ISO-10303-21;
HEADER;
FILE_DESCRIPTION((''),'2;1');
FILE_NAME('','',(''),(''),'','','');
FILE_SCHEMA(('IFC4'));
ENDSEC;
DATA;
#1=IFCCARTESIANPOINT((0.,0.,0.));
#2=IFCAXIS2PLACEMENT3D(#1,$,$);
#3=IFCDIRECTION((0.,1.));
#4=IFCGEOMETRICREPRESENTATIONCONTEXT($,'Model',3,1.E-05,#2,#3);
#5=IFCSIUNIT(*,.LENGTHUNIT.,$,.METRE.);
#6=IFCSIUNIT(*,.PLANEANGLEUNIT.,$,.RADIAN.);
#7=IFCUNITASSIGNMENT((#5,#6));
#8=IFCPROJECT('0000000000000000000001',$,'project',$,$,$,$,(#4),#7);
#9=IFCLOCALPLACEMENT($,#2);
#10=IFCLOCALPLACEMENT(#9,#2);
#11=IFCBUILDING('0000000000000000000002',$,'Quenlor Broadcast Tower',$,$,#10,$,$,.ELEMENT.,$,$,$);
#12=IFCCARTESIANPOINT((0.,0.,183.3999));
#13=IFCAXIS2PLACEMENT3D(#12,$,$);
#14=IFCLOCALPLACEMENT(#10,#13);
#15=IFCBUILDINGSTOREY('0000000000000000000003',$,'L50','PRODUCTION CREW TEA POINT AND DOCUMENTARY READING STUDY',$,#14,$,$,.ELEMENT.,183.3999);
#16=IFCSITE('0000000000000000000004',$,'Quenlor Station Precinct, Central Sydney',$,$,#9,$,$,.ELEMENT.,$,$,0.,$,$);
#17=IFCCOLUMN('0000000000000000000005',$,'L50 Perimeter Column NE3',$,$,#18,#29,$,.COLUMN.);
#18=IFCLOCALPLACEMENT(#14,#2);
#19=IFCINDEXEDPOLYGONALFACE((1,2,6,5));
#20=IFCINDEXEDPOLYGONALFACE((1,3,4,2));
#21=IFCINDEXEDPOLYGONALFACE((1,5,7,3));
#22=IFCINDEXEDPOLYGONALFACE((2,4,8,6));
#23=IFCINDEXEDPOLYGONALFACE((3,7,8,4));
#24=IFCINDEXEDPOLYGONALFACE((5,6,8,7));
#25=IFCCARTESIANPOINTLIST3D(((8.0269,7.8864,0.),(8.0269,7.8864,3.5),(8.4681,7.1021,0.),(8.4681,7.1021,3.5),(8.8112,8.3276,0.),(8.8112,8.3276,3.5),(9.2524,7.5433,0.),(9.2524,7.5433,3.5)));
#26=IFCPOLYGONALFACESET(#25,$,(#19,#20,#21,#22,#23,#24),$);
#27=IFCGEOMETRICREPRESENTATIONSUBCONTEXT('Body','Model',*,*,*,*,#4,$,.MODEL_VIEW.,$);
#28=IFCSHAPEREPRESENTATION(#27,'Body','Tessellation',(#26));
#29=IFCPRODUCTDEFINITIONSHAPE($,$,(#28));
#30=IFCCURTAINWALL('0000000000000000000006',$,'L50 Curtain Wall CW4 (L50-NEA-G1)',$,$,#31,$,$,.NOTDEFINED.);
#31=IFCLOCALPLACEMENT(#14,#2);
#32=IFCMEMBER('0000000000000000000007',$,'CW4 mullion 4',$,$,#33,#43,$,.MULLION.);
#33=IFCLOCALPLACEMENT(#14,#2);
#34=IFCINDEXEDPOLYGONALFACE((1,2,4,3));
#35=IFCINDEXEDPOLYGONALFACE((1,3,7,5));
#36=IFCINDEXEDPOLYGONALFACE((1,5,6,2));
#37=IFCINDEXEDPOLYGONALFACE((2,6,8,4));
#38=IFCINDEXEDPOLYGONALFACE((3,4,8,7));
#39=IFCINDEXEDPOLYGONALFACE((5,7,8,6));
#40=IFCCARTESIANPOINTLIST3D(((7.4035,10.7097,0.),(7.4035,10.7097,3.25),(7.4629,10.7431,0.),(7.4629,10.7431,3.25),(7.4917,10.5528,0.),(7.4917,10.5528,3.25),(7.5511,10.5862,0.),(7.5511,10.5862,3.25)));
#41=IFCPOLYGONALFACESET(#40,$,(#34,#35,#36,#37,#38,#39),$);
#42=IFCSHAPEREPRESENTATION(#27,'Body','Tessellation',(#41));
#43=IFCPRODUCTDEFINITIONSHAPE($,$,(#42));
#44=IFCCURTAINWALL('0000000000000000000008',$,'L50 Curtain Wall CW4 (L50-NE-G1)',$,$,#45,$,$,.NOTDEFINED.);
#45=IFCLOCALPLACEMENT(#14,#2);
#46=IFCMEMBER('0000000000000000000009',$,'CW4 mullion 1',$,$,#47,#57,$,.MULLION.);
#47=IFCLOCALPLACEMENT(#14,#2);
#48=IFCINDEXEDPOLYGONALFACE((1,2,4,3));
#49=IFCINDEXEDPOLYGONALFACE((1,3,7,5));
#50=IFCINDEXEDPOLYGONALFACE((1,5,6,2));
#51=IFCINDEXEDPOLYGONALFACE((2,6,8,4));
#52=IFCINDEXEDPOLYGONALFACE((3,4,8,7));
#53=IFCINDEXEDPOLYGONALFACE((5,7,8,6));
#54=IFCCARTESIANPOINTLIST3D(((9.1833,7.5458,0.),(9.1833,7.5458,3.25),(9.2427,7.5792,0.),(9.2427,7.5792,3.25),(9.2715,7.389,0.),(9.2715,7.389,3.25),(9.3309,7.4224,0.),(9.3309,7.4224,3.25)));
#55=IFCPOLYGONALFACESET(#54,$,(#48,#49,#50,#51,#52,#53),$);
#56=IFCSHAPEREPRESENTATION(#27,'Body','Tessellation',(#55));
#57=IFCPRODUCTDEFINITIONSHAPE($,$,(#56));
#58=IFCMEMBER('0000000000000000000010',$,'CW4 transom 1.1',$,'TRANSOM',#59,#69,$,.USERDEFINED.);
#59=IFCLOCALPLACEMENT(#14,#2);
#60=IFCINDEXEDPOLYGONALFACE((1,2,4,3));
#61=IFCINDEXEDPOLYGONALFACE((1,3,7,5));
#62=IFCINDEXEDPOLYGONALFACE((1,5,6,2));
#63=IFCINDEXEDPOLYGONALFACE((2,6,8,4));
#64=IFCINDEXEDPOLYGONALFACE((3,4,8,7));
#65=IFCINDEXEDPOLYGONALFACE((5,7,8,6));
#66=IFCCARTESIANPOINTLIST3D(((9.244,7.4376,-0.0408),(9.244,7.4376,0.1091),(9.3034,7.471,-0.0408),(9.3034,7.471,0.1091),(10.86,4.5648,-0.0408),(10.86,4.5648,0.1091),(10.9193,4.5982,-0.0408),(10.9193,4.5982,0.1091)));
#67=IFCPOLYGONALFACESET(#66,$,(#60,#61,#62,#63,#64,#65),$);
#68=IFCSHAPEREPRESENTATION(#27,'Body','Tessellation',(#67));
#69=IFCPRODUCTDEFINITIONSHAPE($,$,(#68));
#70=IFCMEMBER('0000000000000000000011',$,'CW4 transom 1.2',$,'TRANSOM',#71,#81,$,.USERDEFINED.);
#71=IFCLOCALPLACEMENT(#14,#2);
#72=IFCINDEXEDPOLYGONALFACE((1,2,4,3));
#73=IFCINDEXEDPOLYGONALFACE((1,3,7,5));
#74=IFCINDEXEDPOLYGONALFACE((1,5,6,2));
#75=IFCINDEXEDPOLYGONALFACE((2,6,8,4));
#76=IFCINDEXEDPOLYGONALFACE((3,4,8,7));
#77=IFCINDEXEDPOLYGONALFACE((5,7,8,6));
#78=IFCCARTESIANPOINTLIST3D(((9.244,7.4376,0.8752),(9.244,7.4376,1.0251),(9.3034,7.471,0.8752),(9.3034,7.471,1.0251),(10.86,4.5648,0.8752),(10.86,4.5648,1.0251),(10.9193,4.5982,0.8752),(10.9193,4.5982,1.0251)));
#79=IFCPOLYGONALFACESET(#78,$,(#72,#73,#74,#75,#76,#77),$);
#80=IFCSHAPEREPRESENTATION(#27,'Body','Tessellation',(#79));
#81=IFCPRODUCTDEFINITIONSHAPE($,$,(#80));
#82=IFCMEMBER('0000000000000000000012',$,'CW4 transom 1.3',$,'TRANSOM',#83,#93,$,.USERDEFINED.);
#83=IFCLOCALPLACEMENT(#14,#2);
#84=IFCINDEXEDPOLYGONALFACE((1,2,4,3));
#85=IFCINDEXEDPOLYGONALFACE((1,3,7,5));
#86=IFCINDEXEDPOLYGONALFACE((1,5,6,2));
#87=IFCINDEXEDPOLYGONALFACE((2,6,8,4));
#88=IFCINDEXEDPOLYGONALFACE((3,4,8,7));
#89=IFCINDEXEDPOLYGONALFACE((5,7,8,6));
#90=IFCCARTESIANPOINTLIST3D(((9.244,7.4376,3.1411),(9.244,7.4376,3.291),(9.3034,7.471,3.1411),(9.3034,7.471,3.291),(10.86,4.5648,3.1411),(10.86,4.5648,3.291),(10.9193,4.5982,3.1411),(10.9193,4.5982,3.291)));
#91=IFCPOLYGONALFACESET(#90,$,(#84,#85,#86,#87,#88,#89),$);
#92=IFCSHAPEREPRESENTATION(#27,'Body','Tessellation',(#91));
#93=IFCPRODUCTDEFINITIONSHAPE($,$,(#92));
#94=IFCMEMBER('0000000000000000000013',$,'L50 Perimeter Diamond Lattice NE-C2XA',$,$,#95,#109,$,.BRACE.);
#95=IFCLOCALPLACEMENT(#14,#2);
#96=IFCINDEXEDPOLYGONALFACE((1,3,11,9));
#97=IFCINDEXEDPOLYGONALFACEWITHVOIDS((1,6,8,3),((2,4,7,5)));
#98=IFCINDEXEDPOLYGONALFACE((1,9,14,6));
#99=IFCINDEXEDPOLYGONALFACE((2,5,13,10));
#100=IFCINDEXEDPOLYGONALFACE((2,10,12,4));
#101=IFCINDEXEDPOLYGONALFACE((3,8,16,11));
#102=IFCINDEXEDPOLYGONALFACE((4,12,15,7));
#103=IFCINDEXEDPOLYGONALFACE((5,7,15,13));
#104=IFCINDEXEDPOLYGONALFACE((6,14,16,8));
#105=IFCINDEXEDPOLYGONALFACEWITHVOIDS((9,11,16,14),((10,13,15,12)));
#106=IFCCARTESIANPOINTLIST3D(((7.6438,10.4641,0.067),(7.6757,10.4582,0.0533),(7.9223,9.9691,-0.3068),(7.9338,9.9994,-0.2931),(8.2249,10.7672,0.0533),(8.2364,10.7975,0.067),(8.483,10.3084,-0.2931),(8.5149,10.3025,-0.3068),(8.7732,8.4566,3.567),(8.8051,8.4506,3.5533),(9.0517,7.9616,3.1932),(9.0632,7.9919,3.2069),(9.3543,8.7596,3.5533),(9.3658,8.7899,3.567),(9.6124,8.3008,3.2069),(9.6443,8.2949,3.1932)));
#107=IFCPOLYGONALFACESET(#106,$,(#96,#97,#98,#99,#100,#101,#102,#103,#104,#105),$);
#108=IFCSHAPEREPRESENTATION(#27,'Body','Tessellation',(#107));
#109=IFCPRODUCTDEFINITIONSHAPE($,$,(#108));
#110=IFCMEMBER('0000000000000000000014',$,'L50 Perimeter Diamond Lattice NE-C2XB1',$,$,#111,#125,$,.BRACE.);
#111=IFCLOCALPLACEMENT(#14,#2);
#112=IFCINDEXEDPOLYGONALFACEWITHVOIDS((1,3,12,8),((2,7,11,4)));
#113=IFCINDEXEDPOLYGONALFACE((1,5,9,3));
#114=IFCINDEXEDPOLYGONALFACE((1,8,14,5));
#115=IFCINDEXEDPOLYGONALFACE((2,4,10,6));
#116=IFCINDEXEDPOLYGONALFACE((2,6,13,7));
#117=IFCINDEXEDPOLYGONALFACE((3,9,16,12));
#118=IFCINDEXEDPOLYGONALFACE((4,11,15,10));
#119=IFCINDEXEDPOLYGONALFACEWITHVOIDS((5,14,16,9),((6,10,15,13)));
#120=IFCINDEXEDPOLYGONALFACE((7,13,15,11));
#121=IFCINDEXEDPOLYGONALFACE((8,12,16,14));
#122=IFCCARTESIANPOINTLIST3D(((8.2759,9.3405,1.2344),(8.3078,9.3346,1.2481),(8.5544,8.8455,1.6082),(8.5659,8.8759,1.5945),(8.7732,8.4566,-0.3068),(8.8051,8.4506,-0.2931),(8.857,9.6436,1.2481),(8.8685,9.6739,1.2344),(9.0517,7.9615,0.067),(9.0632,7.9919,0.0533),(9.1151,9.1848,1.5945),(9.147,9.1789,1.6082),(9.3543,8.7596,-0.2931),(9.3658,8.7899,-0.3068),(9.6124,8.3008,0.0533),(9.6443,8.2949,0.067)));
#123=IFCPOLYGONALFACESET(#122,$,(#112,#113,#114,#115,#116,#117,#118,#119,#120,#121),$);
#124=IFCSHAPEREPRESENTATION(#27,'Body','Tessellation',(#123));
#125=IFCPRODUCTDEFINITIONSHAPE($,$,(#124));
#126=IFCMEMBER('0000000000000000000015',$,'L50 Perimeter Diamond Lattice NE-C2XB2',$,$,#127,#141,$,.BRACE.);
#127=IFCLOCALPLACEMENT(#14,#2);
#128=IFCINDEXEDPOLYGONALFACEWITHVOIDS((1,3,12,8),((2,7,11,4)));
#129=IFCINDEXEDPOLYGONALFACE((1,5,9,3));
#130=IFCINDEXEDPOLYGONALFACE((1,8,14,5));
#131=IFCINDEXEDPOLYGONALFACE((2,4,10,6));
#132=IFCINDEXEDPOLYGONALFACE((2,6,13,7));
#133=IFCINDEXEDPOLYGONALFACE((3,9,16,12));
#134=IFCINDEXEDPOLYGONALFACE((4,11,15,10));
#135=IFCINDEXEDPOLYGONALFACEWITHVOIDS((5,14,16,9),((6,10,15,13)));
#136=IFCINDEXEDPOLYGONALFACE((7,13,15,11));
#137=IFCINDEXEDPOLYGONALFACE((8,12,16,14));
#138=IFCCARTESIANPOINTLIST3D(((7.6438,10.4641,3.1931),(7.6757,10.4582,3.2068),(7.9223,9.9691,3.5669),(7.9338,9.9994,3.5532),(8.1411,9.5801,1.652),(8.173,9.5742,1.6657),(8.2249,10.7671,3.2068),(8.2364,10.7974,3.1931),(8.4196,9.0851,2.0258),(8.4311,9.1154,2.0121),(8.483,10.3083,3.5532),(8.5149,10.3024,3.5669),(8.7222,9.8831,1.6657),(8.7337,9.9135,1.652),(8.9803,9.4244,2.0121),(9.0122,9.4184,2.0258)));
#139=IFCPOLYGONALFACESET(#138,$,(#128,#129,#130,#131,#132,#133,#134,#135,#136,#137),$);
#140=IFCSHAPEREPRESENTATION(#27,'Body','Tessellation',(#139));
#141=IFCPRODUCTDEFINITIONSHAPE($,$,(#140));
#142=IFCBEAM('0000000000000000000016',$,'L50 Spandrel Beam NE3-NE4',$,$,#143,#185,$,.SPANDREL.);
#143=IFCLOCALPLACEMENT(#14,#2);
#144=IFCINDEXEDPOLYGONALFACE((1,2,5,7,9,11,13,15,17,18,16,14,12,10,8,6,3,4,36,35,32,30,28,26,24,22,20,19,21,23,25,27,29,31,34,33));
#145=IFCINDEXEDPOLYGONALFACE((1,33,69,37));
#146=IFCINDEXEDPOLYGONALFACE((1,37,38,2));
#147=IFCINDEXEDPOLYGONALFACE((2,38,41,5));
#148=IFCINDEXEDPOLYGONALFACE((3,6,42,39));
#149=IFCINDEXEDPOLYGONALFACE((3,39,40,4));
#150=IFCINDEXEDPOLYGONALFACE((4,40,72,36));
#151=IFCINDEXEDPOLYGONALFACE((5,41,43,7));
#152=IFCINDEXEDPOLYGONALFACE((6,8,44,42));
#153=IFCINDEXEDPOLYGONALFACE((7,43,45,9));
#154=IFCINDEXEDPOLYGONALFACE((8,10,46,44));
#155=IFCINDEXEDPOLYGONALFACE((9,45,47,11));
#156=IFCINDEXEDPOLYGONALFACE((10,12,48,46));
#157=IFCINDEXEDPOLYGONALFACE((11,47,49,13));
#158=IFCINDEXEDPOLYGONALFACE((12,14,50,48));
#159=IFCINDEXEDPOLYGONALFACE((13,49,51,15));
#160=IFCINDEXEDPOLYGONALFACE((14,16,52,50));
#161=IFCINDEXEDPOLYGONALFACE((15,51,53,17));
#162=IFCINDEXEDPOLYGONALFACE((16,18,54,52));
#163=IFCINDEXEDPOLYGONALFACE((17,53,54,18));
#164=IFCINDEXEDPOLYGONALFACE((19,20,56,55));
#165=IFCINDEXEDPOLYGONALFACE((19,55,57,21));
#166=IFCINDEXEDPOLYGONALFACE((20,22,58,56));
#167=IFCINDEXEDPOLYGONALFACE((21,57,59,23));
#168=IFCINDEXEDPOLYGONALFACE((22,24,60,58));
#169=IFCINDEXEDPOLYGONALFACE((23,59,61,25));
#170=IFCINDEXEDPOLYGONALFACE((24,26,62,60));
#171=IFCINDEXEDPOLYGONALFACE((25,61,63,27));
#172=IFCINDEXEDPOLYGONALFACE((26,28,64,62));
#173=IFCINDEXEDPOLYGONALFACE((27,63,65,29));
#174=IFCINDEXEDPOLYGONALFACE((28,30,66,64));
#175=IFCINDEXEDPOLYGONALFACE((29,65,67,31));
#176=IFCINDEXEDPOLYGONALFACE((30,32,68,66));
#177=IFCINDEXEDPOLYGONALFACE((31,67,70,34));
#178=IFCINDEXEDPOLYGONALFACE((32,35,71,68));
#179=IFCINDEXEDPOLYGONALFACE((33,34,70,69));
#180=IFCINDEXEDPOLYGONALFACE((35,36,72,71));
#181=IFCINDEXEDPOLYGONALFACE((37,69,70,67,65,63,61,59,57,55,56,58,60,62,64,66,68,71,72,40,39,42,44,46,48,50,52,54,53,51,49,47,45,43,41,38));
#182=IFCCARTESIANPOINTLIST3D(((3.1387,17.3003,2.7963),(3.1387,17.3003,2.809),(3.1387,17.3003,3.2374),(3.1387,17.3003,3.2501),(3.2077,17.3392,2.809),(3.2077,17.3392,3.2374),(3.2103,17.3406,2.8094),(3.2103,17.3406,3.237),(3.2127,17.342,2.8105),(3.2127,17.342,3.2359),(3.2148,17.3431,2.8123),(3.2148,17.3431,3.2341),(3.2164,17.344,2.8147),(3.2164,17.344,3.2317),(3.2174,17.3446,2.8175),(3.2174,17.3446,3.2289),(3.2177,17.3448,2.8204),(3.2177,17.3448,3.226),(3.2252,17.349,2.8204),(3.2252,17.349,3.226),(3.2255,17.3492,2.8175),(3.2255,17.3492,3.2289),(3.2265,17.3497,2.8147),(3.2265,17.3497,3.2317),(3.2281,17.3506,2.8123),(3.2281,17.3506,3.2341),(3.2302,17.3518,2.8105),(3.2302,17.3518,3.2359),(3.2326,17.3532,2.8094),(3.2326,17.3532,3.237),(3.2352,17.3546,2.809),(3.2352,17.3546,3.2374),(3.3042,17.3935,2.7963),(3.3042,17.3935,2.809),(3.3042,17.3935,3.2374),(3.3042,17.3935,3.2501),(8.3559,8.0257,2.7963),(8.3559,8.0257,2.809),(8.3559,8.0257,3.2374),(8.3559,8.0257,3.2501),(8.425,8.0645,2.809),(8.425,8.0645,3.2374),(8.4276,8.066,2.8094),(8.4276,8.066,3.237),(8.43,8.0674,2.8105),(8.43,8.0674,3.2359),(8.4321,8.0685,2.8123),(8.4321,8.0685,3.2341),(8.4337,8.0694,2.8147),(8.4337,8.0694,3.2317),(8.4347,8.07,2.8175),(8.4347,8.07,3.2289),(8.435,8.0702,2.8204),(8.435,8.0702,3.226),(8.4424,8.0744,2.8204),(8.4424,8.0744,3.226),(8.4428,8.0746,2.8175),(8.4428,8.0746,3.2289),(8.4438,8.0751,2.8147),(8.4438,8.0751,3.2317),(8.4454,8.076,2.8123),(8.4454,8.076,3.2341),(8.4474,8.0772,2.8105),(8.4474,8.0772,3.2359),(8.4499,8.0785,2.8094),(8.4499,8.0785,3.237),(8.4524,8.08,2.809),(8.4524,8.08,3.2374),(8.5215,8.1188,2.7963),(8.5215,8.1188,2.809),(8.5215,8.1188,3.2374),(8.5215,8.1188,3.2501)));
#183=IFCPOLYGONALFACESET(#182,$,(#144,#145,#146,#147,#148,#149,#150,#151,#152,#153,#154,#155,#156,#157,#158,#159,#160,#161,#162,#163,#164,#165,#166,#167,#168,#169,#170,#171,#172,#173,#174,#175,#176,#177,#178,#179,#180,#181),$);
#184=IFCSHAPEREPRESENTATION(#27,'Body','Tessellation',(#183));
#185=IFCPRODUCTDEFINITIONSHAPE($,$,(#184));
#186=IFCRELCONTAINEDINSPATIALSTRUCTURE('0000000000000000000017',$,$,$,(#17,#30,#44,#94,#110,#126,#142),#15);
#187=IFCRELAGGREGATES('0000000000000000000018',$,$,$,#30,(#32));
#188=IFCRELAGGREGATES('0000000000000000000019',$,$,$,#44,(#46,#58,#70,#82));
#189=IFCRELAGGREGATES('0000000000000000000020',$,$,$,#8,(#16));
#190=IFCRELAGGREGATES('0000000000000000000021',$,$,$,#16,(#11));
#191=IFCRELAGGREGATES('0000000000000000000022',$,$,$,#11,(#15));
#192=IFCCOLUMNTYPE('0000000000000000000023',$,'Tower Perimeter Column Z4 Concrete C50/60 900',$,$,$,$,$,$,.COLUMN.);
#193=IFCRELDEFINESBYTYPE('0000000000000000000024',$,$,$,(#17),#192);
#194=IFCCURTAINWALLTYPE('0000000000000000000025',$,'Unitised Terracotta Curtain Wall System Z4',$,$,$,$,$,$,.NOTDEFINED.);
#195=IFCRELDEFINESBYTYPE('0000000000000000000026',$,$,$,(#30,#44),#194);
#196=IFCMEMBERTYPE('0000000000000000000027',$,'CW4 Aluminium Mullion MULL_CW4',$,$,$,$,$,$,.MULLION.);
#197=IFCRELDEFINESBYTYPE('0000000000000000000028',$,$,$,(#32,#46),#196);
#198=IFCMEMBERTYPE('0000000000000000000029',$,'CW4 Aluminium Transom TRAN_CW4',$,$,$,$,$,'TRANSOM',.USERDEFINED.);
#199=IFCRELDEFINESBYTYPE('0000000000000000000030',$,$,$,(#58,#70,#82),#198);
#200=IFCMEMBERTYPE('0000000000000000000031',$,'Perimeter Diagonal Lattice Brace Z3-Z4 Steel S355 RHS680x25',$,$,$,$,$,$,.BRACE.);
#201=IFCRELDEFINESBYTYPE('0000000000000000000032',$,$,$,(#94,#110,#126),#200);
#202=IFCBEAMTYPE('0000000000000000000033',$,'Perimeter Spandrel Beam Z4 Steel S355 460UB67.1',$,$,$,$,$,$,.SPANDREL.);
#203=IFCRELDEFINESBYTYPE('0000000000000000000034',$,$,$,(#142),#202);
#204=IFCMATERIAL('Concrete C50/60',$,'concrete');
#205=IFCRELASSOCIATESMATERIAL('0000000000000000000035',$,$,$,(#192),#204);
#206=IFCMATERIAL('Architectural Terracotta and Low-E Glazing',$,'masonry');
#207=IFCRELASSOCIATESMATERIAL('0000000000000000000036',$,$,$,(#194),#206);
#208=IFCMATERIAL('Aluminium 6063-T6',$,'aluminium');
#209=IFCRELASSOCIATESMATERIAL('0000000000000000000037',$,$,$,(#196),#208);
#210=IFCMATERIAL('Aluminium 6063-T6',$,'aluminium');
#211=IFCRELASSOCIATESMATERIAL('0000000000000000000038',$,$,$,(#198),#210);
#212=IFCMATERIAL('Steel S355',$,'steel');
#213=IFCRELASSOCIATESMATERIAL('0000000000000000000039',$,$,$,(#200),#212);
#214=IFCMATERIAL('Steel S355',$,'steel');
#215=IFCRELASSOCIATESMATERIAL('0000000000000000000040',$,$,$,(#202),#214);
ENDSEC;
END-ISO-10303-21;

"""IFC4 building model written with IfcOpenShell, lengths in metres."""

from ifc_helpers import new_model, si_unit, direction, frame, origin, origin_2d, place, context, subcontext, project, spatial, rectangle, hollow_rectangle, i_section, extrude, material, material_profile, profile_set, type_object, element, aggregate, save


model = new_model("IFC4")

# Units and contexts
model_context = context("Model", 3, precision=1e-05, world=origin(), true_north=direction((0.0, 1.0)))
body_context = subcontext(model_context, "Body", "Model", "MODEL_VIEW")
ifc_project = project(units=[si_unit("LENGTHUNIT", "METRE"), si_unit("PLANEANGLEUNIT", "RADIAN")], contexts=[model_context])

# Site, building, storey
site_placement = place(None, origin())
site = spatial("IfcSite", under=ifc_project, at=site_placement, Name="Quenlor Station Precinct, Central Sydney", CompositionType="ELEMENT", RefElevation=0.0)
building_placement = place(site_placement, origin())
building = spatial("IfcBuilding", under=site, at=building_placement, Name="Quenlor Broadcast Tower", CompositionType="ELEMENT")
storey_placement = place(building_placement, frame((0.0, 0.0, 183.3999)))
storey = spatial("IfcBuildingStorey", under=building, at=storey_placement, Name="L50", Description="PRODUCTION CREW TEA POINT AND DOCUMENTARY READING STUDY", CompositionType="ELEMENT", Elevation=183.3999)

# Column
ifc_material_1 = material(Name="Concrete C50/60", Category="concrete")
ifc_material_profile_1 = material_profile(ifc_material_1, rectangle(XDim=0.8999, YDim=0.8999, at=origin_2d()))
ifc_profile_set_1 = profile_set([ifc_material_profile_1], Name="Concrete C50/60 RC900x900")
column_type = type_object("IfcColumnType", Name="Tower Perimeter Column Z4 Concrete C50/60 900", PredefinedType="COLUMN", material=ifc_profile_set_1)
column_placement = place(storey_placement, frame((8.6396, 7.7148, 0.0), z_axis=(0.0, 0.0, 1.0), x_axis=(0.871575, 0.490262, 0.0)))
element("IfcColumn", 1, at=column_placement, inside=storey, type_object=column_type, Name="L50 Perimeter Column NE3", PredefinedType="COLUMN", context=body_context, shape_type="SweptSolid", body=[
    extrude(rectangle(XDim=0.8999, YDim=0.8999, at=origin_2d()), origin(), (0.0, 0.0, 1.0), 3.5),
])

# Curtain wall, member
ifc_material_2 = material(Name="Architectural Terracotta and Low-E Glazing", Category="masonry")
curtain_wall_type = type_object("IfcCurtainWallType", Name="Unitised Terracotta Curtain Wall System Z4", PredefinedType="NOTDEFINED", material=ifc_material_2)
curtain_wall_1_placement = place(storey_placement, origin())
curtain_wall_1 = element("IfcCurtainWall", 2, at=curtain_wall_1_placement, inside=storey, type_object=curtain_wall_type, Name="L50 Curtain Wall CW4 (L50-NEA-G1)", PredefinedType="NOTDEFINED")
ifc_material_3 = material(Name="Aluminium 6063-T6", Category="aluminium")
ifc_material_profile_2 = material_profile(ifc_material_3, rectangle(XDim=0.0681, YDim=0.1799, at=origin_2d()))
ifc_profile_set_2 = profile_set([ifc_material_profile_2], Name="Aluminium 6063-T6 MULL68x180")
member_type_1 = type_object("IfcMemberType", Name="CW4 Aluminium Mullion MULL_CW4", PredefinedType="MULLION", material=ifc_profile_set_2)
member_1_placement = place(storey_placement, frame((7.4773, 10.6479, 0.0), z_axis=(0.0, 0.0, 1.0), x_axis=(0.871577, 0.490259, 0.0)))
member_1 = element("IfcMember", 3, at=member_1_placement, type_object=member_type_1, Name="CW4 mullion 4", PredefinedType="MULLION", context=body_context, shape_type="SweptSolid", body=[
    extrude(rectangle(XDim=0.0681, YDim=0.1799, at=origin_2d()), origin(), (0.0, 0.0, 1.0), 3.25),
])
aggregate(curtain_wall_1, [member_1])

# Curtain wall, members
curtain_wall_2_placement = place(storey_placement, origin())
curtain_wall_2 = element("IfcCurtainWall", 4, at=curtain_wall_2_placement, inside=storey, type_object=curtain_wall_type, Name="L50 Curtain Wall CW4 (L50-NE-G1)", PredefinedType="NOTDEFINED")
member_2_placement = place(storey_placement, frame((9.2571, 7.4841, 0.0), z_axis=(0.0, 0.0, 1.0), x_axis=(0.871578, 0.490257, 0.0)))
member_2 = element("IfcMember", 5, at=member_2_placement, type_object=member_type_1, Name="CW4 mullion 1", PredefinedType="MULLION", context=body_context, shape_type="SweptSolid", body=[
    extrude(rectangle(XDim=0.0681, YDim=0.1799, at=origin_2d()), origin(), (0.0, 0.0, 1.0), 3.25),
])
ifc_material_4 = material(Name="Aluminium 6063-T6", Category="aluminium")
ifc_material_profile_3 = material_profile(ifc_material_4, rectangle(XDim=0.0681, YDim=0.1499, at=origin_2d()))
ifc_profile_set_3 = profile_set([ifc_material_profile_3], Name="Aluminium 6063-T6 TRAN68x150")
member_type_2 = type_object("IfcMemberType", Name="CW4 Aluminium Transom TRAN_CW4", ElementType="TRANSOM", PredefinedType="USERDEFINED", material=ifc_profile_set_3)
member_3_placement = place(storey_placement, frame((9.2737, 7.4543, 0.0342), z_axis=(0.490265, -0.871574, 0.0), x_axis=(0.871574, 0.490265, 0.0)))
member_3 = element("IfcMember", 6, at=member_3_placement, type_object=member_type_2, Name="CW4 transom 1.1", ObjectType="TRANSOM", PredefinedType="USERDEFINED", context=body_context, shape_type="SweptSolid", body=[
    extrude(rectangle(XDim=0.0681, YDim=0.1499, at=origin_2d()), origin(), (0.0, 0.0, 1.0), 3.2961),
])
member_4_placement = place(storey_placement, frame((9.2737, 7.4543, 0.9502), z_axis=(0.490265, -0.871574, 0.0), x_axis=(0.871574, 0.490265, 0.0)))
member_4 = element("IfcMember", 7, at=member_4_placement, type_object=member_type_2, Name="CW4 transom 1.2", ObjectType="TRANSOM", PredefinedType="USERDEFINED", context=body_context, shape_type="SweptSolid", body=[
    extrude(rectangle(XDim=0.0681, YDim=0.1499, at=origin_2d()), origin(), (0.0, 0.0, 1.0), 3.2961),
])
member_5_placement = place(storey_placement, frame((9.2737, 7.4543, 3.2161), z_axis=(0.490265, -0.871574, 0.0), x_axis=(0.871574, 0.490265, 0.0)))
member_5 = element("IfcMember", 8, at=member_5_placement, type_object=member_type_2, Name="CW4 transom 1.3", ObjectType="TRANSOM", PredefinedType="USERDEFINED", context=body_context, shape_type="SweptSolid", body=[
    extrude(rectangle(XDim=0.0681, YDim=0.1499, at=origin_2d()), origin(), (0.0, 0.0, 1.0), 3.2961),
])

# Members
ifc_material_5 = material(Name="Steel S355", Category="steel")
ifc_material_profile_4 = material_profile(ifc_material_5, hollow_rectangle(XDim=0.6799, YDim=0.6799, WallThickness=0.0249, at=origin_2d()))
ifc_profile_set_4 = profile_set([ifc_material_profile_4], Name="Steel S355 RHS680x680x25")
member_type_3 = type_object("IfcMemberType", Name="Perimeter Diagonal Lattice Brace Z3-Z4 Steel S355 RHS680x25", PredefinedType="BRACE", material=ifc_profile_set_4)
member_6_placement = place(storey_placement, frame((8.0793, 10.3833, -0.1199), z_axis=(0.269547, -0.479136, 0.835328), x_axis=(0.87155, 0.490307, 0.0)))
element("IfcMember", 9, at=member_6_placement, inside=storey, type_object=member_type_3, Name="L50 Perimeter Diamond Lattice NE-C2XA", PredefinedType="BRACE", context=body_context, shape_type="SweptSolid", body=[
    extrude(hollow_rectangle(XDim=0.6799, YDim=0.6799, WallThickness=0.0249, at=origin_2d()), origin(), (0.0, 0.0, 1.0), 4.1899),
])
for number, where, z_axis, x_axis, name in (
    (10, (9.2087, 8.3757, -0.1199), (-0.269536, 0.47913, 0.835335), (-0.871556, -0.490296, 0.0), "L50 Perimeter Diamond Lattice NE-C2XB1"),
    (11, (8.5767, 9.4993, 1.8389), (-0.269536, 0.47913, 0.835335), (-0.871556, -0.490296, 0.0), "L50 Perimeter Diamond Lattice NE-C2XB2"),
):
    element("IfcMember", number, at=place(storey_placement, frame(where, z_axis=z_axis, x_axis=x_axis)), inside=storey, type_object=member_type_3, Name=name, PredefinedType="BRACE", context=body_context, shape_type="SweptSolid", body=[
        extrude(hollow_rectangle(XDim=0.6799, YDim=0.6799, WallThickness=0.0249, at=origin_2d()), origin(), (0.0, 0.0, 1.0), 1.845),
    ])

# Beam
ifc_material_6 = material(Name="Steel S355", Category="steel")
ifc_material_profile_5 = material_profile(ifc_material_6, i_section(OverallWidth=0.1899, OverallDepth=0.4539, WebThickness=0.0085, FlangeThickness=0.0127, FilletRadius=0.0115, at=origin_2d()))
ifc_profile_set_5 = profile_set([ifc_material_profile_5], Name="Steel S355 460UB67.1")
beam_type_1 = type_object("IfcBeamType", Name="Perimeter Spandrel Beam Z4 Steel S355 460UB67.1", PredefinedType="SPANDREL", material=ifc_profile_set_5)
beam_1_placement = place(storey_placement, frame((8.4387, 8.0723, 3.0232), z_axis=(-0.490282, 0.871564, 0.0), x_axis=(-0.871564, -0.490282, 0.0)))
element("IfcBeam", 12, at=beam_1_placement, inside=storey, type_object=beam_type_1, Name="L50 Spandrel Beam NE3-NE4", PredefinedType="SPANDREL", context=body_context, shape_type="SweptSolid", body=[
    extrude(i_section(OverallWidth=0.1899, OverallDepth=0.4539, WebThickness=0.0085, FlangeThickness=0.0127, FilletRadius=0.0115, at=origin_2d()), origin(), (0.0, 0.0, 1.0), 10.6414),
])

aggregate(curtain_wall_2, [member_2, member_3, member_4, member_5])

save(model, "model.ifc")
